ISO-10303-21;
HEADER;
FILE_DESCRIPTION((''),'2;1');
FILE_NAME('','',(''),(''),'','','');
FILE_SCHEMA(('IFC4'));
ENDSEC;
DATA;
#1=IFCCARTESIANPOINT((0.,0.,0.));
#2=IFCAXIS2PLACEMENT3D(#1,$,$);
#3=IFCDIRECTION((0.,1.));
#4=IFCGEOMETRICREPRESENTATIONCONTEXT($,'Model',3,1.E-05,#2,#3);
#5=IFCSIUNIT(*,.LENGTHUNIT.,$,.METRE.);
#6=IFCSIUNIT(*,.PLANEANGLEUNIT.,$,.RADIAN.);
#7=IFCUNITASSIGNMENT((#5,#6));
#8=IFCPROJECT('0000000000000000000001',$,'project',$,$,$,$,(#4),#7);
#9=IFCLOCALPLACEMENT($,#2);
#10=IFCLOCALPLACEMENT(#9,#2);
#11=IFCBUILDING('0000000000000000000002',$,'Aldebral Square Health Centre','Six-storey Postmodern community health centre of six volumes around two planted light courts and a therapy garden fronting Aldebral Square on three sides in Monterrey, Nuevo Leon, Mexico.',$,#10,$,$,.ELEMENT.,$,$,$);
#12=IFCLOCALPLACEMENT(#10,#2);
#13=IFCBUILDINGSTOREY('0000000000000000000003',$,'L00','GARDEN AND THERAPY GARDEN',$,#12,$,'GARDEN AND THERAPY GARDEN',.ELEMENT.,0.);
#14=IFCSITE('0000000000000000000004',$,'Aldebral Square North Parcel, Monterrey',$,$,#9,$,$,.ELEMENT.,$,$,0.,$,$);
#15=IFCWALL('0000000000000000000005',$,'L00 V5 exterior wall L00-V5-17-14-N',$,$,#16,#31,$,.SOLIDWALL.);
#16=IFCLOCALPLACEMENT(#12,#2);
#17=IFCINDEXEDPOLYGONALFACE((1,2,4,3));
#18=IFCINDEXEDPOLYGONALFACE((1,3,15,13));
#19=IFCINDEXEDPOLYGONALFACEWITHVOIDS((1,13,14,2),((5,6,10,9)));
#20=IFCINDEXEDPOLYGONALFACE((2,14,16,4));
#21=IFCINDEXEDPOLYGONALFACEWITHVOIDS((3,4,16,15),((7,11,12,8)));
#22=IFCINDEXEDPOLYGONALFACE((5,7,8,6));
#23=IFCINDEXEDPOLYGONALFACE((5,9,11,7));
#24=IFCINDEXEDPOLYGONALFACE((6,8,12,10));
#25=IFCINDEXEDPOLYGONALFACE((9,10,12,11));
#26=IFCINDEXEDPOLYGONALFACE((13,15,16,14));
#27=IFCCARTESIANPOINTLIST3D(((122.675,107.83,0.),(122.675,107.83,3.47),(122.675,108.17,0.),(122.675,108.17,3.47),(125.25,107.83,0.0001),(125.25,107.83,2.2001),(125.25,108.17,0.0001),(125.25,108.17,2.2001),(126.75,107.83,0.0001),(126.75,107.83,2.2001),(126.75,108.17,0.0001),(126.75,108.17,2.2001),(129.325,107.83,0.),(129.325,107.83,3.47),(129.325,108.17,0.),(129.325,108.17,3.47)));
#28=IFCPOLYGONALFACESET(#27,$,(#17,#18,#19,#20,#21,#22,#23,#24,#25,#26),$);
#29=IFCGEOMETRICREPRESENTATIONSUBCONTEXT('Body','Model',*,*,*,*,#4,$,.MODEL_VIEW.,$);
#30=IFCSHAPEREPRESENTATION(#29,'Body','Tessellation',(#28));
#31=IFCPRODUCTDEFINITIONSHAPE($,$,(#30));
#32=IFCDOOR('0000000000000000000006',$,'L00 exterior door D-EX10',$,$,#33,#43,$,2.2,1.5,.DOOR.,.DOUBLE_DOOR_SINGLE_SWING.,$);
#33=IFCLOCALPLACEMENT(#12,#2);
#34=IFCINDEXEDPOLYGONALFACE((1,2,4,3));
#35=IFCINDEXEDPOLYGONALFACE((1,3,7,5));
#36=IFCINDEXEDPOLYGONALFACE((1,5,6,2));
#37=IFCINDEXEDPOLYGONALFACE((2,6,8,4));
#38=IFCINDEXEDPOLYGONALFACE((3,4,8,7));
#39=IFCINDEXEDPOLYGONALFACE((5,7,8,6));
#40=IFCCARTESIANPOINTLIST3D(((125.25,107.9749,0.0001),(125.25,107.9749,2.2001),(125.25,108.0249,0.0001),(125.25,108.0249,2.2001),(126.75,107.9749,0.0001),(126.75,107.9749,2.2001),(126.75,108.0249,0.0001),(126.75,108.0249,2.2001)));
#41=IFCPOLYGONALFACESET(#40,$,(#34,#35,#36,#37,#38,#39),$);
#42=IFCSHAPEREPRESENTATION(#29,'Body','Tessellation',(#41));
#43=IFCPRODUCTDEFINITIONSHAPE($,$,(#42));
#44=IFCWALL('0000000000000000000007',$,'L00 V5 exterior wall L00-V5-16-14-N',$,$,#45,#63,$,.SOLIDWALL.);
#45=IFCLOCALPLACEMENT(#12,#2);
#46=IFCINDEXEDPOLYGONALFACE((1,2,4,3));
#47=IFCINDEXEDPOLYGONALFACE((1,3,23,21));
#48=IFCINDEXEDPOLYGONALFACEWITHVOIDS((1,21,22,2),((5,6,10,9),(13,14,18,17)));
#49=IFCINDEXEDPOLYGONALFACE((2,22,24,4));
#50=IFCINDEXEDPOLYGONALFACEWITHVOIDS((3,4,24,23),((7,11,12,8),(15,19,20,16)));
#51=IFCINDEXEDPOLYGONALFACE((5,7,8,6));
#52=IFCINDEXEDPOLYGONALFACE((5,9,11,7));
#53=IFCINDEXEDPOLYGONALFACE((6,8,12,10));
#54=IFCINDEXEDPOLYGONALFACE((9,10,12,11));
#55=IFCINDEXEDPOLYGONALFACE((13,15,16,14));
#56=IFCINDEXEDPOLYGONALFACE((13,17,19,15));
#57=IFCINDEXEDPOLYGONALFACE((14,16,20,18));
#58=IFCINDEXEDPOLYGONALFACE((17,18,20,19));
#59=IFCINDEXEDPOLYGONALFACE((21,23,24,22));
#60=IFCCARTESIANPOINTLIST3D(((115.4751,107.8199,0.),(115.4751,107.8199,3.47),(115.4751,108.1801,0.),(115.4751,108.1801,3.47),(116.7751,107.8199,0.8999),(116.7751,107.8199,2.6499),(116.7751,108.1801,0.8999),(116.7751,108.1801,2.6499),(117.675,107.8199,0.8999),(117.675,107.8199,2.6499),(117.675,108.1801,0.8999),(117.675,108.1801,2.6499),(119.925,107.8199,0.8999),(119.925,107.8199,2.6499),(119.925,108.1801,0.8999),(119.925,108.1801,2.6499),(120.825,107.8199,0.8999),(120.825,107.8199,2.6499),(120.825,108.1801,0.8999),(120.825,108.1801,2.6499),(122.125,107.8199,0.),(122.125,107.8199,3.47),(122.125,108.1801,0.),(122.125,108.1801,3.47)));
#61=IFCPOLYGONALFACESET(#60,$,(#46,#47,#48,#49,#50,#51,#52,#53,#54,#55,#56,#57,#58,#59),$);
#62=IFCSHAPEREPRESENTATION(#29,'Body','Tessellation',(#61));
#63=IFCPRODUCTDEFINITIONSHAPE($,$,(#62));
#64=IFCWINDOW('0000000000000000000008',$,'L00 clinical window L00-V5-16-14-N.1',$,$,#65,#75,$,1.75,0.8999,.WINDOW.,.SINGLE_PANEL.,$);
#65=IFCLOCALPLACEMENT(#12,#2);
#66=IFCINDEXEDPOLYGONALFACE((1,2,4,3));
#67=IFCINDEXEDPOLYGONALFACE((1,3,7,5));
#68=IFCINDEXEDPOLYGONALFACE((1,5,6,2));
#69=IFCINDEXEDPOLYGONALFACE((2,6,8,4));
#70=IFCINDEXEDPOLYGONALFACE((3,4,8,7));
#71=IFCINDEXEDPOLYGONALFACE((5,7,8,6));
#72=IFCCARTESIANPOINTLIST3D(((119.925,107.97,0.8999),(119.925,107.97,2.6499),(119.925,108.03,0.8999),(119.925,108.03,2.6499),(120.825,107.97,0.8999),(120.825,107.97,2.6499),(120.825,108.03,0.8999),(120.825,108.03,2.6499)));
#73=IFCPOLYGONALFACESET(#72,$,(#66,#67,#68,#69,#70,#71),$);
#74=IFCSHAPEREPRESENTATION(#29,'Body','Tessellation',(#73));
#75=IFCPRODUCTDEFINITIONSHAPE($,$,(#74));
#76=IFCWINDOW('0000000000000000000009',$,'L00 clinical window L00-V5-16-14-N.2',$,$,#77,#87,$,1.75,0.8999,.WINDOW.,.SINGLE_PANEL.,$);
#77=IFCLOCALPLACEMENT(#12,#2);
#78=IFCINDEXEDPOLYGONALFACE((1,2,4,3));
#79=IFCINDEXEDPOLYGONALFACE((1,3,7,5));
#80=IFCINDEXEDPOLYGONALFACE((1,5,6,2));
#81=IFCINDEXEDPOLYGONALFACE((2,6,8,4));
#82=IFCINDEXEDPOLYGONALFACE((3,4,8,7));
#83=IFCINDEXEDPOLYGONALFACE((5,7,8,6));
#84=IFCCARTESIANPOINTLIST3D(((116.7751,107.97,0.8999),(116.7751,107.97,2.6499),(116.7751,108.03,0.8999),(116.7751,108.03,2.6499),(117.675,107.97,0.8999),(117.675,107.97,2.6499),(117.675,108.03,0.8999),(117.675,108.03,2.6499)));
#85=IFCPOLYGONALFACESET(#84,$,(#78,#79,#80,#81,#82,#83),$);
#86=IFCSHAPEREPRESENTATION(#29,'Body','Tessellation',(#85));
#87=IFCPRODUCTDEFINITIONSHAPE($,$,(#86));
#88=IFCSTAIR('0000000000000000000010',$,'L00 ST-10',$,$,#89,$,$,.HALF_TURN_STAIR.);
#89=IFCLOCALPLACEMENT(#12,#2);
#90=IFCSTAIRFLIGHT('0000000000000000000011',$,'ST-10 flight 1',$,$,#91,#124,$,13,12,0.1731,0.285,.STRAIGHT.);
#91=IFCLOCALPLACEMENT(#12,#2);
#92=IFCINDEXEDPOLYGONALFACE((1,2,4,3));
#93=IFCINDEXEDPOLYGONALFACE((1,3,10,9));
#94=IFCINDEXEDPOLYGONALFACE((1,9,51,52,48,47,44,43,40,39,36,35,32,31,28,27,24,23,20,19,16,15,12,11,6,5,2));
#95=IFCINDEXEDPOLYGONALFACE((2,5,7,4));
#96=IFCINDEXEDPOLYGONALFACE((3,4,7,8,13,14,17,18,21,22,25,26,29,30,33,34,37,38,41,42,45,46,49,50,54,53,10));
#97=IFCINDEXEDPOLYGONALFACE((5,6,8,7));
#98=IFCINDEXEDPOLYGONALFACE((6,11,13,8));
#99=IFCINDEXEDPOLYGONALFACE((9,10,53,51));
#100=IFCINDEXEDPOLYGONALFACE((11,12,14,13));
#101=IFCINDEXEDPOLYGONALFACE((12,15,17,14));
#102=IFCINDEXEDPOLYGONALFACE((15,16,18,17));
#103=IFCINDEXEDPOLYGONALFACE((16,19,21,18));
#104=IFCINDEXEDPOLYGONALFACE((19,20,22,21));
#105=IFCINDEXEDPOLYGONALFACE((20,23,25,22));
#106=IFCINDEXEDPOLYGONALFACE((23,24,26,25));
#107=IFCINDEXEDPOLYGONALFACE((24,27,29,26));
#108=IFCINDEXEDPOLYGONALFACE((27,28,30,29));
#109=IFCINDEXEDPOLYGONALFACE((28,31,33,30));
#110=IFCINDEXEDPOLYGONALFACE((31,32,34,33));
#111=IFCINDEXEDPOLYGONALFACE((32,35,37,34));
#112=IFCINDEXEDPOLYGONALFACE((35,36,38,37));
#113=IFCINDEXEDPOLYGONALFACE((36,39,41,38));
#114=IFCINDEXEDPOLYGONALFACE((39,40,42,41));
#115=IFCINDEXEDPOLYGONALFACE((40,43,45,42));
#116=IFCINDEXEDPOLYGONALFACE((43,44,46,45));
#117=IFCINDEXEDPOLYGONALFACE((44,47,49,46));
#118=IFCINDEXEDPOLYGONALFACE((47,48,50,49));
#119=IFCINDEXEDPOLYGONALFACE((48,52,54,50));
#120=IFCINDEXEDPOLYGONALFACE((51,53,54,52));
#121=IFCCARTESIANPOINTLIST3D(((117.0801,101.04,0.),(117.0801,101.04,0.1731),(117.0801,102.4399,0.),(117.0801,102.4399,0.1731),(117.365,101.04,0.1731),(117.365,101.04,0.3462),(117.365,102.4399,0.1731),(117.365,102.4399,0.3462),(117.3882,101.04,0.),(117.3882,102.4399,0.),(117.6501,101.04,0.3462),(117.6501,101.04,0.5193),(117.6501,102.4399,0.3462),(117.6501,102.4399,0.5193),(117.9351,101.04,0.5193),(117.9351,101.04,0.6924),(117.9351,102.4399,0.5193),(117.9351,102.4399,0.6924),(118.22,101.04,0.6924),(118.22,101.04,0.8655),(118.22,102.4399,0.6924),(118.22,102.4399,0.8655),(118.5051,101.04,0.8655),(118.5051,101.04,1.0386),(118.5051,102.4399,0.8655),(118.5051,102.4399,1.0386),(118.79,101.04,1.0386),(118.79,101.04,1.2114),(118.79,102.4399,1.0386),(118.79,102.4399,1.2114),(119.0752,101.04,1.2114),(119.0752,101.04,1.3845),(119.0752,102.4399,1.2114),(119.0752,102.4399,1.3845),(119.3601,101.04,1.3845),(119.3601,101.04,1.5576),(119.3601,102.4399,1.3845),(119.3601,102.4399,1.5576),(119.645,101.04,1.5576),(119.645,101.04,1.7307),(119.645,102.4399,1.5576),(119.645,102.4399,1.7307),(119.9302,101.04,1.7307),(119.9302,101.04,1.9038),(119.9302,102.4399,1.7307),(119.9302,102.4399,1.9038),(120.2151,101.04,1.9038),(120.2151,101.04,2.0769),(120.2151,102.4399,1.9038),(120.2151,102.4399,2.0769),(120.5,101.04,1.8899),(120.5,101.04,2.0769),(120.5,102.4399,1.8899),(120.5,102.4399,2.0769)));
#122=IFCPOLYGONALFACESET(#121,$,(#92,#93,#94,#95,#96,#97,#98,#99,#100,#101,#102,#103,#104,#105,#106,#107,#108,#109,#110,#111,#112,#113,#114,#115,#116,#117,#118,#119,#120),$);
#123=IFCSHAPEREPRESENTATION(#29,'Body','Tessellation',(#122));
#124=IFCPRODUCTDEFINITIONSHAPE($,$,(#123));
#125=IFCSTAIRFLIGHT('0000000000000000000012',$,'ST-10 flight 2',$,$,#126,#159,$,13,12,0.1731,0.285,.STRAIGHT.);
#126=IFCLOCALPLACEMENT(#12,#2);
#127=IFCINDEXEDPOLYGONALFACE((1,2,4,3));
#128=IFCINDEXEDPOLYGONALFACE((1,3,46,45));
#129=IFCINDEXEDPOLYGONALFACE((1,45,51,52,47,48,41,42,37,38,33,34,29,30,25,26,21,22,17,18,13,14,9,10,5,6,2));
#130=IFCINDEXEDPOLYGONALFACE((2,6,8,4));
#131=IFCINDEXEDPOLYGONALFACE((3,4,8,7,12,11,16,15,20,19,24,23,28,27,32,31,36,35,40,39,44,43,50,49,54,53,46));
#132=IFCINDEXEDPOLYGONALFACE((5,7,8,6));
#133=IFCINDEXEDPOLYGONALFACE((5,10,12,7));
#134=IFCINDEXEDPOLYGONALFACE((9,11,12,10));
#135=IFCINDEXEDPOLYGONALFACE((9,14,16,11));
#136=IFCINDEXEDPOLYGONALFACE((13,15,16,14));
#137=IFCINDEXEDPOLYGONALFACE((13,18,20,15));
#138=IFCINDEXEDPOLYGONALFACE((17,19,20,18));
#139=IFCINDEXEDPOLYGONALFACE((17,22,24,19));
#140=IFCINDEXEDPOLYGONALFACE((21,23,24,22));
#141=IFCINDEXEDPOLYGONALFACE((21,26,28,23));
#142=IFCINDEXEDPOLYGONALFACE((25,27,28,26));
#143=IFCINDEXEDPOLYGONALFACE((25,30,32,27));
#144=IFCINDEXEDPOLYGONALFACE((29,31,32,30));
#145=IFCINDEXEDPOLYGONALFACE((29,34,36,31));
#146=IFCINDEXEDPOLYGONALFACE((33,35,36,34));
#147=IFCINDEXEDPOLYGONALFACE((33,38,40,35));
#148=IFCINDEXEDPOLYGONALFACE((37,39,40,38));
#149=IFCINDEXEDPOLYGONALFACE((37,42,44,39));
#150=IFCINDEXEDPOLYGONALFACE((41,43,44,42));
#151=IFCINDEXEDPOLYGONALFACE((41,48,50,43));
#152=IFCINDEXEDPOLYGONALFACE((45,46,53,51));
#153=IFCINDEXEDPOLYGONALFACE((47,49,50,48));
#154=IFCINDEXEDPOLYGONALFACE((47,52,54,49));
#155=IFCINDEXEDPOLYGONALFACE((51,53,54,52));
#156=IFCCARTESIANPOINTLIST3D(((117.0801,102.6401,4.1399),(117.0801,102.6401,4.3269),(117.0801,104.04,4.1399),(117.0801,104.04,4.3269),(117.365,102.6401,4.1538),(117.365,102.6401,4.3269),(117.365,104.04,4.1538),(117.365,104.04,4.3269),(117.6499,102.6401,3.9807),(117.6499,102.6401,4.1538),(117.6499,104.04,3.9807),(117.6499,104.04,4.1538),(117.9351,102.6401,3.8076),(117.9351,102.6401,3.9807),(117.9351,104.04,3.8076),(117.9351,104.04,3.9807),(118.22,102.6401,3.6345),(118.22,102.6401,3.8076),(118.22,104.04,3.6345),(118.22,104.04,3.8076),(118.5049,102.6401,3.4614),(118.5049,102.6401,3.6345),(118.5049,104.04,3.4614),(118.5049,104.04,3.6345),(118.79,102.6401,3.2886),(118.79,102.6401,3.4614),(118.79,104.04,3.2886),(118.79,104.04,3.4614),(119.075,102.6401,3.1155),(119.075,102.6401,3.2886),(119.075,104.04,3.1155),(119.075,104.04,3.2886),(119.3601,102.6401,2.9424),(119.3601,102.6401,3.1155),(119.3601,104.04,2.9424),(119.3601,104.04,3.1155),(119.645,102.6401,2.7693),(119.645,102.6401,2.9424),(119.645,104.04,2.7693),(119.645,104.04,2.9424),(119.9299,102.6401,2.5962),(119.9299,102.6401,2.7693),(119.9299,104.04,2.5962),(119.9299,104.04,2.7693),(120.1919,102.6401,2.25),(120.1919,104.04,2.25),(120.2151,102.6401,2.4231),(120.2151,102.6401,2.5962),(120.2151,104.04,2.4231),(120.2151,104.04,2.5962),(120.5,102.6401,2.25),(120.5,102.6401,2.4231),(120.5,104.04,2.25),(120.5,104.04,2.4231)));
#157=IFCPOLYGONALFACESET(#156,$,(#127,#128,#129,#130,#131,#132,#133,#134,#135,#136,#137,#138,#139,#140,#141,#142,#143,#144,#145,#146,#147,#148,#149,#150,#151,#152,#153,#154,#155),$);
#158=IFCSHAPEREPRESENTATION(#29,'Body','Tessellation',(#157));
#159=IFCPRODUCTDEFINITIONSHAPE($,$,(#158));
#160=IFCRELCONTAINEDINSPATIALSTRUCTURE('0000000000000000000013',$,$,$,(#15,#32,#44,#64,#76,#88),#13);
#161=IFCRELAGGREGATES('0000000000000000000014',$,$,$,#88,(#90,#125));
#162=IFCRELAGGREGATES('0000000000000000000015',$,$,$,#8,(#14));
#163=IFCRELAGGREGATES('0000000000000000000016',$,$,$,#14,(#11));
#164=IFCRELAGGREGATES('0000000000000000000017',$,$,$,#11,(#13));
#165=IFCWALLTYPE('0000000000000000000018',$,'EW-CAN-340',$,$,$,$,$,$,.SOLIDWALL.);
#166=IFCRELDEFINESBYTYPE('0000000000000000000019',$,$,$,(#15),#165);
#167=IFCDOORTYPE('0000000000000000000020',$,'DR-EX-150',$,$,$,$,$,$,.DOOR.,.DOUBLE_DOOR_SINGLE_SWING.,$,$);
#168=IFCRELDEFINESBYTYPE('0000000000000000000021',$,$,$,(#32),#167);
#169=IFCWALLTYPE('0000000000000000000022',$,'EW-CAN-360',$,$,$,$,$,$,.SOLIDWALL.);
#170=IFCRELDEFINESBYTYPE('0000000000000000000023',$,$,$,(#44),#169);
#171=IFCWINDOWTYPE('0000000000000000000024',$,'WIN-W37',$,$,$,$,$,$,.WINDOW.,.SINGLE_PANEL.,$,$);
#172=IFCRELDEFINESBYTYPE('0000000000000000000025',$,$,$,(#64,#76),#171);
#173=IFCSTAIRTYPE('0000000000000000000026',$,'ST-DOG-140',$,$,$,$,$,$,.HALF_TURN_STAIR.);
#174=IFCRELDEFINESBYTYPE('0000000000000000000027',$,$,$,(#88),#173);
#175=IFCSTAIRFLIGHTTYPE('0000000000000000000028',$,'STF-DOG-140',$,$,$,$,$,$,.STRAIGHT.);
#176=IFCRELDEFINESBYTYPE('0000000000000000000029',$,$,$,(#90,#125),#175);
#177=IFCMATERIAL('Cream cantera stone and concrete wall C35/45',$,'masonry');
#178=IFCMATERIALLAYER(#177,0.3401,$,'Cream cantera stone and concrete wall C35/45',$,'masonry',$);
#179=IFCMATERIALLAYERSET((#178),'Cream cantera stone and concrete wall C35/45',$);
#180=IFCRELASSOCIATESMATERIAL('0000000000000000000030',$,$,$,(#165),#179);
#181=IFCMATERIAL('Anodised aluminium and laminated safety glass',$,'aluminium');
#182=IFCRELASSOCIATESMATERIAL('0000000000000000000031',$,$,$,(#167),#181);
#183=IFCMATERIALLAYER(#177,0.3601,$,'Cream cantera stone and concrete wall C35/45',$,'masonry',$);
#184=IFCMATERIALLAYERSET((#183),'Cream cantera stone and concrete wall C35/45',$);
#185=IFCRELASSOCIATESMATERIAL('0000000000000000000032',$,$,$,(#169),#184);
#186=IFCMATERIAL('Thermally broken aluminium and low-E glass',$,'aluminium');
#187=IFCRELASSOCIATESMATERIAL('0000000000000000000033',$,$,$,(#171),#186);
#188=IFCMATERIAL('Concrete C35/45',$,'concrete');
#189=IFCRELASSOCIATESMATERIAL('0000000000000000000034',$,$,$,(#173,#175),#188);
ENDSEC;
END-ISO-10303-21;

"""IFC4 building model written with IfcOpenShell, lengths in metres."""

from ifc_helpers import new_model, si_unit, direction, frame, frame_2d, origin, place, context, subcontext, project, spatial, polyline, rectangle, outline, extrude, material, layer, layer_set, type_object, element, fill, aggregate, save


model = new_model("IFC4")

# Units and contexts
model_context = context("Model", 3, precision=1e-05, world=origin(), true_north=direction((0.0, 1.0)))
body_context = subcontext(model_context, "Body", "Model", "MODEL_VIEW")
ifc_project = project(units=[si_unit("LENGTHUNIT", "METRE"), si_unit("PLANEANGLEUNIT", "RADIAN")], contexts=[model_context])

# Site, building, storey
site_placement = place(None, origin())
site = spatial("IfcSite", under=ifc_project, at=site_placement, Name="Aldebral Square North Parcel, Monterrey", CompositionType="ELEMENT", RefElevation=0.0)
building_placement = place(site_placement, origin())
building = spatial("IfcBuilding", under=site, at=building_placement, Name="Aldebral Square Health Centre", Description="Six-storey Postmodern community health centre of six volumes around two planted light courts and a therapy garden fronting Aldebral Square on three sides in Monterrey, Nuevo Leon, Mexico.", CompositionType="ELEMENT")
storey_placement = place(building_placement, origin())
storey = spatial("IfcBuildingStorey", under=building, at=storey_placement, Name="L00", Description="GARDEN AND THERAPY GARDEN", LongName="GARDEN AND THERAPY GARDEN", CompositionType="ELEMENT", Elevation=0.0)

# Shared definitions
ifc_material_1 = material(Name="Concrete C35/45", Category="concrete")

# Wall, opening, door
ifc_material_2 = material(Name="Cream cantera stone and concrete wall C35/45", Category="masonry")
ifc_layer_1 = layer(ifc_material_2, 0.3401, Name="Cream cantera stone and concrete wall C35/45", Category="masonry")
ifc_layer_set_1 = layer_set([ifc_layer_1], Name="Cream cantera stone and concrete wall C35/45")
wall_type_1 = type_object("IfcWallType", Name="EW-CAN-340", PredefinedType="SOLIDWALL", material=ifc_layer_set_1)
wall_1_placement = place(storey_placement, frame((122.675, 108.0, 0.0), z_axis=(0.0, 0.0, 1.0), x_axis=(1.0, 0.0, 0.0)))
wall_1 = element("IfcWall", 1, at=wall_1_placement, inside=storey, type_object=wall_type_1, Name="L00 V5 exterior wall L00-V5-17-14-N", PredefinedType="SOLIDWALL", context=body_context, shape_type="SweptSolid", body=[
    extrude(rectangle(XDim=6.6499, YDim=0.3401, at=frame_2d((3.325, 0.0))), origin(), (0.0, 0.0, 1.0), 3.47),
])
opening_1_placement = place(wall_1_placement, frame((2.575, 0.0, 0.0)))
opening_1 = element("IfcOpeningElement", 2, at=opening_1_placement, cuts=wall_1, PredefinedType="OPENING", context=body_context, shape_type="SweptSolid", body=[
    extrude(rectangle(XDim=1.5, YDim=2.2, at=frame_2d((0.75, 1.1001))), frame((0.0, 0.1802, 0.0), z_axis=(0.0, -1.0, 0.0), x_axis=(1.0, 0.0, 0.0)), (0.0, 0.0, 1.0), 0.3601),
])
ifc_material_3 = material(Name="Anodised aluminium and laminated safety glass", Category="aluminium")
door_type = type_object("IfcDoorType", Name="DR-EX-150", OperationType="DOUBLE_DOOR_SINGLE_SWING", PredefinedType="DOOR", material=ifc_material_3)
door_placement = place(opening_1_placement, origin())
door = element("IfcDoor", 3, at=door_placement, inside=storey, type_object=door_type, Name="L00 exterior door D-EX10", OperationType="DOUBLE_DOOR_SINGLE_SWING", OverallHeight=2.2, OverallWidth=1.5, PredefinedType="DOOR", context=body_context, shape_type="SweptSolid", body=[
    extrude(rectangle(XDim=1.5, YDim=2.2, at=frame_2d((0.75, 1.1001))), frame((0.0, 0.0249, 0.0), z_axis=(0.0, -1.0, 0.0), x_axis=(1.0, 0.0, 0.0)), (0.0, 0.0, 1.0), 0.05),
])
fill(opening_1, door)

# Wall, openings, windows
ifc_layer_2 = layer(ifc_material_2, 0.3601, Name="Cream cantera stone and concrete wall C35/45", Category="masonry")
ifc_layer_set_2 = layer_set([ifc_layer_2], Name="Cream cantera stone and concrete wall C35/45")
wall_type_2 = type_object("IfcWallType", Name="EW-CAN-360", PredefinedType="SOLIDWALL", material=ifc_layer_set_2)
wall_2_placement = place(storey_placement, frame((122.125, 108.0, 0.0), z_axis=(0.0, 0.0, 1.0), x_axis=(-1.0, 0.0, 0.0)))
wall_2 = element("IfcWall", 4, at=wall_2_placement, inside=storey, type_object=wall_type_2, Name="L00 V5 exterior wall L00-V5-16-14-N", PredefinedType="SOLIDWALL", context=body_context, shape_type="SweptSolid", body=[
    extrude(rectangle(XDim=6.6499, YDim=0.3601, at=frame_2d((3.325, 0.0))), origin(), (0.0, 0.0, 1.0), 3.47),
])
opening_2_placement = place(wall_2_placement, frame((1.3, 0.0, 0.8999)))
opening_2 = element("IfcOpeningElement", 5, at=opening_2_placement, cuts=wall_2, PredefinedType="OPENING", context=body_context, shape_type="SweptSolid", body=[
    extrude(rectangle(XDim=0.8999, YDim=1.75, at=frame_2d((0.45, 0.875))), frame((0.0, 0.1899, 0.0), z_axis=(0.0, -1.0, 0.0), x_axis=(1.0, 0.0, 0.0)), (0.0, 0.0, 1.0), 0.3801),
])
opening_3_placement = place(wall_2_placement, frame((4.45, 0.0, 0.8999)))
opening_3 = element("IfcOpeningElement", 6, at=opening_3_placement, cuts=wall_2, PredefinedType="OPENING", context=body_context, shape_type="SweptSolid", body=[
    extrude(rectangle(XDim=0.8999, YDim=1.75, at=frame_2d((0.45, 0.875))), frame((0.0, 0.1899, 0.0), z_axis=(0.0, -1.0, 0.0), x_axis=(1.0, 0.0, 0.0)), (0.0, 0.0, 1.0), 0.3801),
])
ifc_material_4 = material(Name="Thermally broken aluminium and low-E glass", Category="aluminium")
window_type = type_object("IfcWindowType", Name="WIN-W37", PartitioningType="SINGLE_PANEL", PredefinedType="WINDOW", material=ifc_material_4)
window_1_placement = place(opening_2_placement, origin())
window_1 = element("IfcWindow", 7, at=window_1_placement, inside=storey, type_object=window_type, Name="L00 clinical window L00-V5-16-14-N.1", OverallHeight=1.75, OverallWidth=0.8999, PartitioningType="SINGLE_PANEL", PredefinedType="WINDOW", context=body_context, shape_type="SweptSolid", body=[
    extrude(rectangle(XDim=0.8999, YDim=1.75, at=frame_2d((0.45, 0.875))), frame((0.0, 0.03, 0.0), z_axis=(0.0, -1.0, 0.0), x_axis=(1.0, 0.0, 0.0)), (0.0, 0.0, 1.0), 0.0601),
])
fill(opening_2, window_1)
window_2_placement = place(opening_3_placement, origin())
window_2 = element("IfcWindow", 8, at=window_2_placement, inside=storey, type_object=window_type, Name="L00 clinical window L00-V5-16-14-N.2", OverallHeight=1.75, OverallWidth=0.8999, PartitioningType="SINGLE_PANEL", PredefinedType="WINDOW", context=body_context, shape_type="SweptSolid", body=[
    extrude(rectangle(XDim=0.8999, YDim=1.75, at=frame_2d((0.45, 0.875))), frame((0.0, 0.03, 0.0), z_axis=(0.0, -1.0, 0.0), x_axis=(1.0, 0.0, 0.0)), (0.0, 0.0, 1.0), 0.0601),
])
fill(opening_3, window_2)

# Stair, stair flights
stair_type = type_object("IfcStairType", Name="ST-DOG-140", PredefinedType="HALF_TURN_STAIR", material=ifc_material_1)
stair_placement = place(storey_placement, origin())
stair = element("IfcStair", 9, at=stair_placement, inside=storey, type_object=stair_type, Name="L00 ST-10", PredefinedType="HALF_TURN_STAIR")
stair_flight_type = type_object("IfcStairFlightType", Name="STF-DOG-140", PredefinedType="STRAIGHT", material=ifc_material_1)
stair_flight_1_placement = place(storey_placement, frame((117.0801, 101.74, 0.0), z_axis=(0.0, 0.0, 1.0), x_axis=(1.0, 0.0, 0.0)))
stair_flight_1 = element("IfcStairFlight", 10, at=stair_flight_1_placement, type_object=stair_flight_type, Name="ST-10 flight 1", NumberOfRisers=13, NumberOfTreads=12, PredefinedType="STRAIGHT", RiserHeight=0.1731, TreadLength=0.285, context=body_context, shape_type="SweptSolid", body=[
    extrude(outline(polyline([(0.0, 0.0), (0.0, 0.1731), (0.2849, 0.1731), (0.2849, 0.3462), (0.5701, 0.3462), (0.5701, 0.5193), (0.855, 0.5193), (0.855, 0.6924), (1.1399, 0.6924), (1.1399, 0.8655), (1.425, 0.8655), (1.425, 1.0386), (1.71, 1.0386), (1.71, 1.2114), (1.9951, 1.2114), (1.9951, 1.3845), (2.28, 1.3845), (2.28, 1.5576), (2.5649, 1.5576), (2.5649, 1.7307), (2.8501, 1.7307), (2.8501, 1.9038), (3.135, 1.9038), (3.135, 2.0769), (3.4199, 2.0769), (3.4199, 2.25), (3.4199, 1.8899), (0.3081, 0.0), (0.0, 0.0)])), frame((0.0, 0.7, 0.0), z_axis=(0.0, -1.0, 0.0), x_axis=(1.0, 0.0, 0.0)), (0.0, 0.0, 1.0), 1.3999),
])
stair_flight_2_placement = place(storey_placement, frame((120.5, 103.3401, 2.25), z_axis=(0.0, 0.0, 1.0), x_axis=(-1.0, 0.0, 0.0)))
stair_flight_2 = element("IfcStairFlight", 11, at=stair_flight_2_placement, type_object=stair_flight_type, Name="ST-10 flight 2", NumberOfRisers=13, NumberOfTreads=12, PredefinedType="STRAIGHT", RiserHeight=0.1731, TreadLength=0.285, context=body_context, shape_type="SweptSolid", body=[
    extrude(outline(polyline([(0.0, 0.0), (0.0, 0.1731), (0.2849, 0.1731), (0.2849, 0.3462), (0.5701, 0.3462), (0.5701, 0.5193), (0.855, 0.5193), (0.855, 0.6924), (1.1399, 0.6924), (1.1399, 0.8655), (1.425, 0.8655), (1.425, 1.0386), (1.71, 1.0386), (1.71, 1.2114), (1.9951, 1.2114), (1.9951, 1.3845), (2.28, 1.3845), (2.28, 1.5576), (2.5649, 1.5576), (2.5649, 1.7307), (2.8501, 1.7307), (2.8501, 1.9038), (3.135, 1.9038), (3.135, 2.0769), (3.4199, 2.0769), (3.4199, 2.25), (3.4199, 1.8899), (0.3081, 0.0), (0.0, 0.0)])), frame((0.0, 0.7, 0.0), z_axis=(0.0, -1.0, 0.0), x_axis=(1.0, 0.0, 0.0)), (0.0, 0.0, 1.0), 1.3999),
])
aggregate(stair, [stair_flight_1, stair_flight_2])

save(model, "model.ifc")
